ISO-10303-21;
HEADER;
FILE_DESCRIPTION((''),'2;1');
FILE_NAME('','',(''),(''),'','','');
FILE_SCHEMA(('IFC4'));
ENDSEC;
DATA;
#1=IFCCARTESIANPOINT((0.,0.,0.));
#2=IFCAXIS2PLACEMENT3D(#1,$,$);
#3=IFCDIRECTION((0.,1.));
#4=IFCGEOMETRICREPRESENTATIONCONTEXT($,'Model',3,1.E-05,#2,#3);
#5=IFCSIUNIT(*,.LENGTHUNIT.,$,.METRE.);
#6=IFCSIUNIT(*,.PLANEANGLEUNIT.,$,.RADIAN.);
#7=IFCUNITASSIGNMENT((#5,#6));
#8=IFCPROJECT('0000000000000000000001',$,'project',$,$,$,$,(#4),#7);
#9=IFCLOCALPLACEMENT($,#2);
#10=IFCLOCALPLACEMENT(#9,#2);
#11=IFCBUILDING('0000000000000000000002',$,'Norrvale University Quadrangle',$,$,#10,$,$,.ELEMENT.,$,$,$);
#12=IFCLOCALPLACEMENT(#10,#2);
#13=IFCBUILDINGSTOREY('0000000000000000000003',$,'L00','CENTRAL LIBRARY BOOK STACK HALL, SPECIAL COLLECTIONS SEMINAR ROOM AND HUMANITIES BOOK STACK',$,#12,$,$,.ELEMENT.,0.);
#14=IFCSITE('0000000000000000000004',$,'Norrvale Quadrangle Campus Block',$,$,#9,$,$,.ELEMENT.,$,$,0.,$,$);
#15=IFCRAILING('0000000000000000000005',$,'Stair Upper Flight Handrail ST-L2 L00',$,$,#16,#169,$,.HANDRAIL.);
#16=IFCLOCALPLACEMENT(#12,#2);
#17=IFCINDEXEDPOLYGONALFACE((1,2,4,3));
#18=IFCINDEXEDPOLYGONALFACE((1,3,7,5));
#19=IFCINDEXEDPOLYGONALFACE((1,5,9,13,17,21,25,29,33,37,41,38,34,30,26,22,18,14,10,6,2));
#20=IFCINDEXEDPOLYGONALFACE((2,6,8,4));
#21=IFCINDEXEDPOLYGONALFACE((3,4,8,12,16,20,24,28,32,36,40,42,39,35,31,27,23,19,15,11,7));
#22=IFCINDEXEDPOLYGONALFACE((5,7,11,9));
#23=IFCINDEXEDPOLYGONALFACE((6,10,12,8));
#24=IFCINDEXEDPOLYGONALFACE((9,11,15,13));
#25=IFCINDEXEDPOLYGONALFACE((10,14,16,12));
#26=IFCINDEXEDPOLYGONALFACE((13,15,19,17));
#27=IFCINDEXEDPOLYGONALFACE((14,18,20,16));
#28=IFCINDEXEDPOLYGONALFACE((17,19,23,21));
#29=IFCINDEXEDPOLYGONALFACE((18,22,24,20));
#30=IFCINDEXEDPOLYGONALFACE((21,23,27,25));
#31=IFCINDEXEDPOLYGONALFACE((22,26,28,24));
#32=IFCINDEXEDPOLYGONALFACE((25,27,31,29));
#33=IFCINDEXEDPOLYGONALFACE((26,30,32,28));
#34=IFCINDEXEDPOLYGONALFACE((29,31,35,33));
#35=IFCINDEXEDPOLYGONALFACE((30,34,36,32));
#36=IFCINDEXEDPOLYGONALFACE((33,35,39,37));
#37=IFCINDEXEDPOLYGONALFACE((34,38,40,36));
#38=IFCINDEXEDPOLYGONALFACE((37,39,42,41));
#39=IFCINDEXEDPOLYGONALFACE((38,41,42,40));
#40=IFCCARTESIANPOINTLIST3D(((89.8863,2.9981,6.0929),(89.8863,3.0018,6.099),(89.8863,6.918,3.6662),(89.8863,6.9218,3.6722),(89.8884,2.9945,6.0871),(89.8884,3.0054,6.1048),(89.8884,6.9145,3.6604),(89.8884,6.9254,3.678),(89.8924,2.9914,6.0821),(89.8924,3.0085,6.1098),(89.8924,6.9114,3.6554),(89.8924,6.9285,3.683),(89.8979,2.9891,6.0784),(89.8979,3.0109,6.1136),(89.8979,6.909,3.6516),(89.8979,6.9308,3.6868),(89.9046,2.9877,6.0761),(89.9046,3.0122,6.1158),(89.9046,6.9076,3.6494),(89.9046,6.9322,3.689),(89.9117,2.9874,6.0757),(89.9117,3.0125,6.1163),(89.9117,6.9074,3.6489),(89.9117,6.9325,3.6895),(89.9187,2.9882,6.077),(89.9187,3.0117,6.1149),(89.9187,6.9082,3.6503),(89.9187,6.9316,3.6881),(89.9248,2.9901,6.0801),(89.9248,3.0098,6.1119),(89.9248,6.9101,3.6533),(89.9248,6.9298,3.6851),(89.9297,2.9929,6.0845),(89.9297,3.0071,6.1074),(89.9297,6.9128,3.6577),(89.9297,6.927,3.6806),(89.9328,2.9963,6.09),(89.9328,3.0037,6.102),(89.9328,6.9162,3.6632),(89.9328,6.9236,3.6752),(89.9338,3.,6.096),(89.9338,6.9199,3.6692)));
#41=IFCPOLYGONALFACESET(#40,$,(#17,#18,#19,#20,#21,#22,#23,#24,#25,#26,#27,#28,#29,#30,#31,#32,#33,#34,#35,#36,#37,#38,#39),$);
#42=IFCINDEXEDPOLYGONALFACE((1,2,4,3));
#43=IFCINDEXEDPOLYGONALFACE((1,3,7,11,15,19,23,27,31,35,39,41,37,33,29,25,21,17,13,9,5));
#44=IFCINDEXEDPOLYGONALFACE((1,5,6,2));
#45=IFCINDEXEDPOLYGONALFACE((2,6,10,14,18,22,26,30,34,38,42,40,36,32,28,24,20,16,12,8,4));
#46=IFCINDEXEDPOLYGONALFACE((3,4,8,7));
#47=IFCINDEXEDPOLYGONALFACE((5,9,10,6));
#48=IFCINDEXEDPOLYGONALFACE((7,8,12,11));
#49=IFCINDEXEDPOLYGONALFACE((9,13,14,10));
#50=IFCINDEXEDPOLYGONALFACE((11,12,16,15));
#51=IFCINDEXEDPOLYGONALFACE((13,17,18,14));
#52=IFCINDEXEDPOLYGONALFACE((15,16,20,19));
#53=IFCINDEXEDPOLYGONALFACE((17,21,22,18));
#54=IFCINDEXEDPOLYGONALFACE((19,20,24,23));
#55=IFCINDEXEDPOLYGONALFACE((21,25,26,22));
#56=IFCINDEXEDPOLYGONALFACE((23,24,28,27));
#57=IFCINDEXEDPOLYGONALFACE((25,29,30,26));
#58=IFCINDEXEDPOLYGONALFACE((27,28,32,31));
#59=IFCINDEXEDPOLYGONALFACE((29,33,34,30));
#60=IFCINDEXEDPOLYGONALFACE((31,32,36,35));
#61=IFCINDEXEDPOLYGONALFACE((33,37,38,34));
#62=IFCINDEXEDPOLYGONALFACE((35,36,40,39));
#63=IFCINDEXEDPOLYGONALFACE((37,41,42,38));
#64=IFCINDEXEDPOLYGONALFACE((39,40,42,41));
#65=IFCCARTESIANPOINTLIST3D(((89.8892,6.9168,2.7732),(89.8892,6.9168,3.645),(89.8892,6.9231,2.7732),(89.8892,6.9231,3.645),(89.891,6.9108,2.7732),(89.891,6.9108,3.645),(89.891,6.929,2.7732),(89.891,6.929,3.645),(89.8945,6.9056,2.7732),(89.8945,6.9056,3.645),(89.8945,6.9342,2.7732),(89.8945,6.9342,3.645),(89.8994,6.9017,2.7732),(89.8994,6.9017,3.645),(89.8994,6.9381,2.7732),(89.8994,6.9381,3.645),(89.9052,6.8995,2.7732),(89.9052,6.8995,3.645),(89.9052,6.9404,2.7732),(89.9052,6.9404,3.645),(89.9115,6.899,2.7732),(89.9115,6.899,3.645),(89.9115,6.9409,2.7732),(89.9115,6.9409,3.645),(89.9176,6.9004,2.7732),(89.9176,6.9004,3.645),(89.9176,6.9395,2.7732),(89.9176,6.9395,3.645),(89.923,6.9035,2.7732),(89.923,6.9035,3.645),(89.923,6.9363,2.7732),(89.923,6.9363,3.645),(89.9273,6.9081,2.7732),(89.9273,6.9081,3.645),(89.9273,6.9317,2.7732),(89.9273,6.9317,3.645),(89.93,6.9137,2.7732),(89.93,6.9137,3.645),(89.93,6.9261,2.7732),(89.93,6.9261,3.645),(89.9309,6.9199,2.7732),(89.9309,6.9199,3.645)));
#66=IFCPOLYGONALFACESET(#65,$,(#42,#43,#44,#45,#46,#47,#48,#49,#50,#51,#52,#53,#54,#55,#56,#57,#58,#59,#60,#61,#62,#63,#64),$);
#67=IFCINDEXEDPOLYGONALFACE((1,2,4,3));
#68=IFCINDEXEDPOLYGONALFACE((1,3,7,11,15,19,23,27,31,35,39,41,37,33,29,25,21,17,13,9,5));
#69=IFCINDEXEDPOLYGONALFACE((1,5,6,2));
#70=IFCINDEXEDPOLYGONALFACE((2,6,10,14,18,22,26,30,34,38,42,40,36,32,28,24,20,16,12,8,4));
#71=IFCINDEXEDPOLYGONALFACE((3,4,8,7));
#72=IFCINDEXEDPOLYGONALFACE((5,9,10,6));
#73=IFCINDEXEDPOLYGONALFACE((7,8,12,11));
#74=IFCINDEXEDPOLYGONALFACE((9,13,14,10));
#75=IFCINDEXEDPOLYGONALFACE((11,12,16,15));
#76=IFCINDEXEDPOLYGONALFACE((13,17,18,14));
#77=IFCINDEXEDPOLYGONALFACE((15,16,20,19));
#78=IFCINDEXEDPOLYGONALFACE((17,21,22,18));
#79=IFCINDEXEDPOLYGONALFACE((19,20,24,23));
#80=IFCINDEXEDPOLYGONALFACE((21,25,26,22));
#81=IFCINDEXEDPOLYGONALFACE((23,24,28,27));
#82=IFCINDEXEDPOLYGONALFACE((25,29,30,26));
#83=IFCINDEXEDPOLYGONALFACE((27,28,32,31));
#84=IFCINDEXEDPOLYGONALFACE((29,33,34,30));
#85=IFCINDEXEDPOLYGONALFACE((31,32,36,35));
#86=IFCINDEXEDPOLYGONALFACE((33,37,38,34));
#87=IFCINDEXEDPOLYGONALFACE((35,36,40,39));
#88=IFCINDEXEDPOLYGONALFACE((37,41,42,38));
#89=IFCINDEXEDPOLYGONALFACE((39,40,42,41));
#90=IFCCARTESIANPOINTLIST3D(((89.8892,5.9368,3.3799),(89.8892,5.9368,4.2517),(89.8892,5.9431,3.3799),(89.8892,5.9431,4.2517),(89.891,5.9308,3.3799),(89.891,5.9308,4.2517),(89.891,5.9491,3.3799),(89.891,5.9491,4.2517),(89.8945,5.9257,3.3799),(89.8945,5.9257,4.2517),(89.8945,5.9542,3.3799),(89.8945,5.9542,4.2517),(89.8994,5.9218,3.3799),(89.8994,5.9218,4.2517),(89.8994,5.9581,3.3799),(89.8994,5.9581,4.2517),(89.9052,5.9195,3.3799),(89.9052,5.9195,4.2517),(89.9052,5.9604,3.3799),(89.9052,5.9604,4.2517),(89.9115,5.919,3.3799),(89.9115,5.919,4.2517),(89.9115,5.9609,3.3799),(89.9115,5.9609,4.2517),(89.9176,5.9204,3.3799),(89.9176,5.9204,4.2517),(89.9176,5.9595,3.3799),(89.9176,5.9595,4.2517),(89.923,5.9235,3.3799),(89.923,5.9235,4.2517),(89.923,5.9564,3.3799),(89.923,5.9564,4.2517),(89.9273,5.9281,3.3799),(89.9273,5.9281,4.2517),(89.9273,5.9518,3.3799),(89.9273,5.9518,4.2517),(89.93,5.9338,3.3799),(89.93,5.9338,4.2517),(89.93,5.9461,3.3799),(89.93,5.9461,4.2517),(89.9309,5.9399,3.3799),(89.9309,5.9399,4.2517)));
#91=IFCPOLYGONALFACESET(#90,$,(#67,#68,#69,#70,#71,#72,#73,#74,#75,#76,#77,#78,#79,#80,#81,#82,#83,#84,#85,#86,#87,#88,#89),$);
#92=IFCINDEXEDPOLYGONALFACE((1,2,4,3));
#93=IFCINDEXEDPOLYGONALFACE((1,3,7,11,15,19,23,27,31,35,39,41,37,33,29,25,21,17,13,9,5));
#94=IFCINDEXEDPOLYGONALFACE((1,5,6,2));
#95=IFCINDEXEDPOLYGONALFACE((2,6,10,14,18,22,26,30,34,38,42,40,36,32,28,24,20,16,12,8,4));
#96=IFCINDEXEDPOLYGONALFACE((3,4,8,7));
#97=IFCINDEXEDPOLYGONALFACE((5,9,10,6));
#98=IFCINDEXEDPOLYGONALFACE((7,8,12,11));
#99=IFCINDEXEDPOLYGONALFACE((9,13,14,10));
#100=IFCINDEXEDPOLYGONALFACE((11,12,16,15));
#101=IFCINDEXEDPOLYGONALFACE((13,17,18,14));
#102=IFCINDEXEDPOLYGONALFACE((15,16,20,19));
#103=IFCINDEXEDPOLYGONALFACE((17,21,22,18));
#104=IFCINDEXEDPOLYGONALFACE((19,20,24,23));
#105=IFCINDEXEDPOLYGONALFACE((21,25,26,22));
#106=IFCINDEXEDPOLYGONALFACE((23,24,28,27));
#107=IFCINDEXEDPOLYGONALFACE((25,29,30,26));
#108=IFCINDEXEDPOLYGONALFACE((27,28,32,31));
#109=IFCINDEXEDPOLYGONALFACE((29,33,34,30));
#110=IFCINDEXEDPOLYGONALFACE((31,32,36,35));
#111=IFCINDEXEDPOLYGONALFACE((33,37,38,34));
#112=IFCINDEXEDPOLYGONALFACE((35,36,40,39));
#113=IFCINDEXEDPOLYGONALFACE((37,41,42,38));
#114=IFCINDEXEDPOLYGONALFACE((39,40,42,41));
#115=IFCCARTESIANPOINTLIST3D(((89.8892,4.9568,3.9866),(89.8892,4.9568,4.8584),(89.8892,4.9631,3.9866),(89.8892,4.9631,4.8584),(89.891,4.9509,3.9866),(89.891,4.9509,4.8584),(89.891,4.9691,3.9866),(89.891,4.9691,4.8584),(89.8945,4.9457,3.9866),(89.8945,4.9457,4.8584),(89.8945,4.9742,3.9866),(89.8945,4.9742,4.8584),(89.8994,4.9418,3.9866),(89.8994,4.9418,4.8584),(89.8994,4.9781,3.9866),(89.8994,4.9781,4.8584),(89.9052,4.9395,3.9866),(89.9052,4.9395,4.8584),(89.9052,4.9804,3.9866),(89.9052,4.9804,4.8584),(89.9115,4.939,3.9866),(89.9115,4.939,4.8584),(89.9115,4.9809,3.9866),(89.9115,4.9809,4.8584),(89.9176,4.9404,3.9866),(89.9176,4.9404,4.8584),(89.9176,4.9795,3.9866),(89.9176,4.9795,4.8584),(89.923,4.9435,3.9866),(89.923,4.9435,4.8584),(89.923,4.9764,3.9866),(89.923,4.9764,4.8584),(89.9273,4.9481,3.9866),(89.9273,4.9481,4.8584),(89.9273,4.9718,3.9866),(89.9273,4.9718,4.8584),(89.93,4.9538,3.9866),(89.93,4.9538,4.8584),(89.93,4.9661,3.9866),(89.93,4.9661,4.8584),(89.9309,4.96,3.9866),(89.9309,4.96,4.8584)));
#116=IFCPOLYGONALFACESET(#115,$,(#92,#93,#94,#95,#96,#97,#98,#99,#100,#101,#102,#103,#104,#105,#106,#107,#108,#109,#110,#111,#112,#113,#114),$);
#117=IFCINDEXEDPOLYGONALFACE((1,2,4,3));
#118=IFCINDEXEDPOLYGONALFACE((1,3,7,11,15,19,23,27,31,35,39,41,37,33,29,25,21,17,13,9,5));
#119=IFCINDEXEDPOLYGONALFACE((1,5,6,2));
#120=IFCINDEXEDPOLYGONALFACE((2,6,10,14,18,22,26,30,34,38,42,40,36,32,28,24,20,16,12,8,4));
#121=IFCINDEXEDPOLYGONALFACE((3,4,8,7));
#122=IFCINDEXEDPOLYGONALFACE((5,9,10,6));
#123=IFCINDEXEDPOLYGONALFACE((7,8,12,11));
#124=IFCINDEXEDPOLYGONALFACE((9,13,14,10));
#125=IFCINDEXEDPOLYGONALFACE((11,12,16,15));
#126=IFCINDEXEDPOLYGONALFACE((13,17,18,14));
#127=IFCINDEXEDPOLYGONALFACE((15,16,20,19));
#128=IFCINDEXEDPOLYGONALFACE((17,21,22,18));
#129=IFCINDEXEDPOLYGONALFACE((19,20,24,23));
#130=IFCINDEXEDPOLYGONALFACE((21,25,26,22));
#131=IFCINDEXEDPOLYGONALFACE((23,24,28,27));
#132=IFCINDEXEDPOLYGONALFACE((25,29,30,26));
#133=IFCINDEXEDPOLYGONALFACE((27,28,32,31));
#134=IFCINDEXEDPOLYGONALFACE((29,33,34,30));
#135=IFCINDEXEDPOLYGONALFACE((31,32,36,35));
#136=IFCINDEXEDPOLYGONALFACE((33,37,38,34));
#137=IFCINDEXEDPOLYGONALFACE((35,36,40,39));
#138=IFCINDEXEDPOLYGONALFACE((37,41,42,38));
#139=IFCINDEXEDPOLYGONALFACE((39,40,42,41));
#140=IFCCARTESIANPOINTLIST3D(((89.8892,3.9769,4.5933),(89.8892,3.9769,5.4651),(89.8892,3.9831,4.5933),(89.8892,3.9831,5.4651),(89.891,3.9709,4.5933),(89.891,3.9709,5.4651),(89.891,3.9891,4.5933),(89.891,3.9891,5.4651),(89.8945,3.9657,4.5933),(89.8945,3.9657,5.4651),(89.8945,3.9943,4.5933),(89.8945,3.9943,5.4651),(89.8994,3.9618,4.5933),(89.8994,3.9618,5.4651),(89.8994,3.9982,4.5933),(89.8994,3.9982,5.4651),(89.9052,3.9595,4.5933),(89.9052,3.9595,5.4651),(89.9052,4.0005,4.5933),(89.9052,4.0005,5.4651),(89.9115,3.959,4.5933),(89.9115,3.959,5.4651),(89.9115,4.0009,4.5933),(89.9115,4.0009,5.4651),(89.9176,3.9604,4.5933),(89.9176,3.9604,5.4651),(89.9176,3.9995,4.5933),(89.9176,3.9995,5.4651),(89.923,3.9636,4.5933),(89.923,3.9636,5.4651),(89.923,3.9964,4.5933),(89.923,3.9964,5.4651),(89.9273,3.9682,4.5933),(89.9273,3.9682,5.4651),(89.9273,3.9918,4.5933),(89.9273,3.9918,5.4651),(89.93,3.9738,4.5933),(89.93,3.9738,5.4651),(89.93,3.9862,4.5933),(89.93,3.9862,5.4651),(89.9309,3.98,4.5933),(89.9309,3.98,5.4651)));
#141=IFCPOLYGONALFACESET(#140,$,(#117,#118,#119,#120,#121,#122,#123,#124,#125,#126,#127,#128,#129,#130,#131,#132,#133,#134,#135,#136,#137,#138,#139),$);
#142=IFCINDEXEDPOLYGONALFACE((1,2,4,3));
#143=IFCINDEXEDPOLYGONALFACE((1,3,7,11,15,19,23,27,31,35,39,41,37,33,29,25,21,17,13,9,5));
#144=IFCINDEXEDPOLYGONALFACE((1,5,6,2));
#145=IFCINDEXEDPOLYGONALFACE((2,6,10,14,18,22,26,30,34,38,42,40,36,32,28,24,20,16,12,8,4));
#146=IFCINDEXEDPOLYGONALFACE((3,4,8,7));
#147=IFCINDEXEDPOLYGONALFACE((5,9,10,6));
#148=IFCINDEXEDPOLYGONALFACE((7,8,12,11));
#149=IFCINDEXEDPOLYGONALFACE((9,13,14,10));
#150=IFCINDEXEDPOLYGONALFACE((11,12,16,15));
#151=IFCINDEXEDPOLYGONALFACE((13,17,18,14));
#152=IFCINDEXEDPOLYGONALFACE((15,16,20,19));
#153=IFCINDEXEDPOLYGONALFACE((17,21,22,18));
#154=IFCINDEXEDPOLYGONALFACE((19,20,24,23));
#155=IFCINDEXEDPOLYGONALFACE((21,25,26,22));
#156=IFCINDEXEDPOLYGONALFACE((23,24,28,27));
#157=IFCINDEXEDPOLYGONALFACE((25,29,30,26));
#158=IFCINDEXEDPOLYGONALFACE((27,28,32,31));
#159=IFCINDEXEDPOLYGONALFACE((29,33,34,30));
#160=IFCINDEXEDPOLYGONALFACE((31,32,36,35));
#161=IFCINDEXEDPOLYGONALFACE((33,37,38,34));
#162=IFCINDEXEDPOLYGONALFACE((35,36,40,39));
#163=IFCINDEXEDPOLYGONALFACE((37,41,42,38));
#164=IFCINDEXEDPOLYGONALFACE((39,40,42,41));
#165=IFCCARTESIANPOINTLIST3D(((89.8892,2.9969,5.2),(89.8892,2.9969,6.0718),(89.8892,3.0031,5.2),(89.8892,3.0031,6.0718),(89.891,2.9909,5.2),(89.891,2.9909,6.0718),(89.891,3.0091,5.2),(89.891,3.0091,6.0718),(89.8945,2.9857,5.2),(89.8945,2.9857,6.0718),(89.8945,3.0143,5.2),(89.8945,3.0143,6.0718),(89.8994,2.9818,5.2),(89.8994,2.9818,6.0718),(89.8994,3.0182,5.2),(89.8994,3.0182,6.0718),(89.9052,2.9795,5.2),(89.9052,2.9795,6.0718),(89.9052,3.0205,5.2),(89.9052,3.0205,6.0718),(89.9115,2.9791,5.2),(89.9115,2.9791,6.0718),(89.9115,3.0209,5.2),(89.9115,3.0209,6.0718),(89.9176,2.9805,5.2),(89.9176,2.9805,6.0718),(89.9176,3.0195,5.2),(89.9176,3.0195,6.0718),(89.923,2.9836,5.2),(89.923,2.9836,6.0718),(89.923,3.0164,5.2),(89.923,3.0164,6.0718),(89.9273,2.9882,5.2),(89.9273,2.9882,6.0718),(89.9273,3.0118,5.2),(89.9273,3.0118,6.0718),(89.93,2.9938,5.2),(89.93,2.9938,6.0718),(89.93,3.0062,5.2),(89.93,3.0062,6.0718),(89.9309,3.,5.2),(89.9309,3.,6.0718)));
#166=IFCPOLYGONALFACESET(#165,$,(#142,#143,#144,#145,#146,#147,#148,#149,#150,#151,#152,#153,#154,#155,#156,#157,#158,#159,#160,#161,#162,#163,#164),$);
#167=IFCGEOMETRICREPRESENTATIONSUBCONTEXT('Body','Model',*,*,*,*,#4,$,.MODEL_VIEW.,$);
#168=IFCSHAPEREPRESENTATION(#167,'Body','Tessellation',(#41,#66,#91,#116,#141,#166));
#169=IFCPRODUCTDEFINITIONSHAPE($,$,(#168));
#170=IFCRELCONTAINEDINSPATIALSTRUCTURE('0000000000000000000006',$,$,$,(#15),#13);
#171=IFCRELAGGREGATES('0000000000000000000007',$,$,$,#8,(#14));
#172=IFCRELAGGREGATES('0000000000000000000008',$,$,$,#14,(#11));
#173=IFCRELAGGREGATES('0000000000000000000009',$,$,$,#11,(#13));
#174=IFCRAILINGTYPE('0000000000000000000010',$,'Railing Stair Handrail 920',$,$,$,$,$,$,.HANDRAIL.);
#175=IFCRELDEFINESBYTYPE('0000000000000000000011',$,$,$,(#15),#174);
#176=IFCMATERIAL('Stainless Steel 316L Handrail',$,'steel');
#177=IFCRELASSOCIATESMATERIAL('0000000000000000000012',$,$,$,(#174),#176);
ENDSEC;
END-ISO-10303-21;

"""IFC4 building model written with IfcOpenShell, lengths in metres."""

from ifc_helpers import new_model, si_unit, direction, frame, origin, origin_2d, place, context, subcontext, project, spatial, circle, extrude, material, type_object, element, save


model = new_model("IFC4")

# Units and contexts
model_context = context("Model", 3, precision=1e-05, world=origin(), true_north=direction((0.0, 1.0)))
body_context = subcontext(model_context, "Body", "Model", "MODEL_VIEW")
ifc_project = project(units=[si_unit("LENGTHUNIT", "METRE"), si_unit("PLANEANGLEUNIT", "RADIAN")], contexts=[model_context])

# Site, building, storey
site_placement = place(None, origin())
site = spatial("IfcSite", under=ifc_project, at=site_placement, Name="Norrvale Quadrangle Campus Block", CompositionType="ELEMENT", RefElevation=0.0)
building_placement = place(site_placement, origin())
building = spatial("IfcBuilding", under=site, at=building_placement, Name="Norrvale University Quadrangle", CompositionType="ELEMENT")
storey_placement = place(building_placement, origin())
storey = spatial("IfcBuildingStorey", under=building, at=storey_placement, Name="L00", Description="CENTRAL LIBRARY BOOK STACK HALL, SPECIAL COLLECTIONS SEMINAR ROOM AND HUMANITIES BOOK STACK", CompositionType="ELEMENT", Elevation=0.0)

# Railing
ifc_material_1 = material(Name="Stainless Steel 316L Handrail", Category="steel")
railing_type_1 = type_object("IfcRailingType", Name="Railing Stair Handrail 920", PredefinedType="HANDRAIL", material=ifc_material_1)
railing_1_placement = place(storey_placement, frame((89.9099, 6.9199, 2.7732)))
element("IfcRailing", 1, at=railing_1_placement, inside=storey, type_object=railing_type_1, Name="Stair Upper Flight Handrail ST-L2 L00", PredefinedType="HANDRAIL", context=body_context, shape_type="SweptSolid", body=[
    extrude(circle(Radius=0.0239, at=origin_2d()), frame((0.0, 0.0, 0.896), z_axis=(0.0, -0.850252, 0.526376), x_axis=(1.0, 0.0, 0.0)), (0.0, 0.0, 1.0), 4.6104),
    extrude(circle(Radius=0.021, at=origin_2d()), origin(), (0.0, 0.0, 1.0), 0.8718),
    extrude(circle(Radius=0.021, at=origin_2d()), frame((0.0, -0.98, 0.6067)), (0.0, 0.0, 1.0), 0.8718),
    extrude(circle(Radius=0.021, at=origin_2d()), frame((0.0, -1.96, 1.2134)), (0.0, 0.0, 1.0), 0.8718),
    extrude(circle(Radius=0.021, at=origin_2d()), frame((0.0, -2.9399, 1.8201)), (0.0, 0.0, 1.0), 0.8718),
    extrude(circle(Radius=0.021, at=origin_2d()), frame((0.0, -3.9199, 2.4268)), (0.0, 0.0, 1.0), 0.8718),
])

save(model, "model.ifc")
